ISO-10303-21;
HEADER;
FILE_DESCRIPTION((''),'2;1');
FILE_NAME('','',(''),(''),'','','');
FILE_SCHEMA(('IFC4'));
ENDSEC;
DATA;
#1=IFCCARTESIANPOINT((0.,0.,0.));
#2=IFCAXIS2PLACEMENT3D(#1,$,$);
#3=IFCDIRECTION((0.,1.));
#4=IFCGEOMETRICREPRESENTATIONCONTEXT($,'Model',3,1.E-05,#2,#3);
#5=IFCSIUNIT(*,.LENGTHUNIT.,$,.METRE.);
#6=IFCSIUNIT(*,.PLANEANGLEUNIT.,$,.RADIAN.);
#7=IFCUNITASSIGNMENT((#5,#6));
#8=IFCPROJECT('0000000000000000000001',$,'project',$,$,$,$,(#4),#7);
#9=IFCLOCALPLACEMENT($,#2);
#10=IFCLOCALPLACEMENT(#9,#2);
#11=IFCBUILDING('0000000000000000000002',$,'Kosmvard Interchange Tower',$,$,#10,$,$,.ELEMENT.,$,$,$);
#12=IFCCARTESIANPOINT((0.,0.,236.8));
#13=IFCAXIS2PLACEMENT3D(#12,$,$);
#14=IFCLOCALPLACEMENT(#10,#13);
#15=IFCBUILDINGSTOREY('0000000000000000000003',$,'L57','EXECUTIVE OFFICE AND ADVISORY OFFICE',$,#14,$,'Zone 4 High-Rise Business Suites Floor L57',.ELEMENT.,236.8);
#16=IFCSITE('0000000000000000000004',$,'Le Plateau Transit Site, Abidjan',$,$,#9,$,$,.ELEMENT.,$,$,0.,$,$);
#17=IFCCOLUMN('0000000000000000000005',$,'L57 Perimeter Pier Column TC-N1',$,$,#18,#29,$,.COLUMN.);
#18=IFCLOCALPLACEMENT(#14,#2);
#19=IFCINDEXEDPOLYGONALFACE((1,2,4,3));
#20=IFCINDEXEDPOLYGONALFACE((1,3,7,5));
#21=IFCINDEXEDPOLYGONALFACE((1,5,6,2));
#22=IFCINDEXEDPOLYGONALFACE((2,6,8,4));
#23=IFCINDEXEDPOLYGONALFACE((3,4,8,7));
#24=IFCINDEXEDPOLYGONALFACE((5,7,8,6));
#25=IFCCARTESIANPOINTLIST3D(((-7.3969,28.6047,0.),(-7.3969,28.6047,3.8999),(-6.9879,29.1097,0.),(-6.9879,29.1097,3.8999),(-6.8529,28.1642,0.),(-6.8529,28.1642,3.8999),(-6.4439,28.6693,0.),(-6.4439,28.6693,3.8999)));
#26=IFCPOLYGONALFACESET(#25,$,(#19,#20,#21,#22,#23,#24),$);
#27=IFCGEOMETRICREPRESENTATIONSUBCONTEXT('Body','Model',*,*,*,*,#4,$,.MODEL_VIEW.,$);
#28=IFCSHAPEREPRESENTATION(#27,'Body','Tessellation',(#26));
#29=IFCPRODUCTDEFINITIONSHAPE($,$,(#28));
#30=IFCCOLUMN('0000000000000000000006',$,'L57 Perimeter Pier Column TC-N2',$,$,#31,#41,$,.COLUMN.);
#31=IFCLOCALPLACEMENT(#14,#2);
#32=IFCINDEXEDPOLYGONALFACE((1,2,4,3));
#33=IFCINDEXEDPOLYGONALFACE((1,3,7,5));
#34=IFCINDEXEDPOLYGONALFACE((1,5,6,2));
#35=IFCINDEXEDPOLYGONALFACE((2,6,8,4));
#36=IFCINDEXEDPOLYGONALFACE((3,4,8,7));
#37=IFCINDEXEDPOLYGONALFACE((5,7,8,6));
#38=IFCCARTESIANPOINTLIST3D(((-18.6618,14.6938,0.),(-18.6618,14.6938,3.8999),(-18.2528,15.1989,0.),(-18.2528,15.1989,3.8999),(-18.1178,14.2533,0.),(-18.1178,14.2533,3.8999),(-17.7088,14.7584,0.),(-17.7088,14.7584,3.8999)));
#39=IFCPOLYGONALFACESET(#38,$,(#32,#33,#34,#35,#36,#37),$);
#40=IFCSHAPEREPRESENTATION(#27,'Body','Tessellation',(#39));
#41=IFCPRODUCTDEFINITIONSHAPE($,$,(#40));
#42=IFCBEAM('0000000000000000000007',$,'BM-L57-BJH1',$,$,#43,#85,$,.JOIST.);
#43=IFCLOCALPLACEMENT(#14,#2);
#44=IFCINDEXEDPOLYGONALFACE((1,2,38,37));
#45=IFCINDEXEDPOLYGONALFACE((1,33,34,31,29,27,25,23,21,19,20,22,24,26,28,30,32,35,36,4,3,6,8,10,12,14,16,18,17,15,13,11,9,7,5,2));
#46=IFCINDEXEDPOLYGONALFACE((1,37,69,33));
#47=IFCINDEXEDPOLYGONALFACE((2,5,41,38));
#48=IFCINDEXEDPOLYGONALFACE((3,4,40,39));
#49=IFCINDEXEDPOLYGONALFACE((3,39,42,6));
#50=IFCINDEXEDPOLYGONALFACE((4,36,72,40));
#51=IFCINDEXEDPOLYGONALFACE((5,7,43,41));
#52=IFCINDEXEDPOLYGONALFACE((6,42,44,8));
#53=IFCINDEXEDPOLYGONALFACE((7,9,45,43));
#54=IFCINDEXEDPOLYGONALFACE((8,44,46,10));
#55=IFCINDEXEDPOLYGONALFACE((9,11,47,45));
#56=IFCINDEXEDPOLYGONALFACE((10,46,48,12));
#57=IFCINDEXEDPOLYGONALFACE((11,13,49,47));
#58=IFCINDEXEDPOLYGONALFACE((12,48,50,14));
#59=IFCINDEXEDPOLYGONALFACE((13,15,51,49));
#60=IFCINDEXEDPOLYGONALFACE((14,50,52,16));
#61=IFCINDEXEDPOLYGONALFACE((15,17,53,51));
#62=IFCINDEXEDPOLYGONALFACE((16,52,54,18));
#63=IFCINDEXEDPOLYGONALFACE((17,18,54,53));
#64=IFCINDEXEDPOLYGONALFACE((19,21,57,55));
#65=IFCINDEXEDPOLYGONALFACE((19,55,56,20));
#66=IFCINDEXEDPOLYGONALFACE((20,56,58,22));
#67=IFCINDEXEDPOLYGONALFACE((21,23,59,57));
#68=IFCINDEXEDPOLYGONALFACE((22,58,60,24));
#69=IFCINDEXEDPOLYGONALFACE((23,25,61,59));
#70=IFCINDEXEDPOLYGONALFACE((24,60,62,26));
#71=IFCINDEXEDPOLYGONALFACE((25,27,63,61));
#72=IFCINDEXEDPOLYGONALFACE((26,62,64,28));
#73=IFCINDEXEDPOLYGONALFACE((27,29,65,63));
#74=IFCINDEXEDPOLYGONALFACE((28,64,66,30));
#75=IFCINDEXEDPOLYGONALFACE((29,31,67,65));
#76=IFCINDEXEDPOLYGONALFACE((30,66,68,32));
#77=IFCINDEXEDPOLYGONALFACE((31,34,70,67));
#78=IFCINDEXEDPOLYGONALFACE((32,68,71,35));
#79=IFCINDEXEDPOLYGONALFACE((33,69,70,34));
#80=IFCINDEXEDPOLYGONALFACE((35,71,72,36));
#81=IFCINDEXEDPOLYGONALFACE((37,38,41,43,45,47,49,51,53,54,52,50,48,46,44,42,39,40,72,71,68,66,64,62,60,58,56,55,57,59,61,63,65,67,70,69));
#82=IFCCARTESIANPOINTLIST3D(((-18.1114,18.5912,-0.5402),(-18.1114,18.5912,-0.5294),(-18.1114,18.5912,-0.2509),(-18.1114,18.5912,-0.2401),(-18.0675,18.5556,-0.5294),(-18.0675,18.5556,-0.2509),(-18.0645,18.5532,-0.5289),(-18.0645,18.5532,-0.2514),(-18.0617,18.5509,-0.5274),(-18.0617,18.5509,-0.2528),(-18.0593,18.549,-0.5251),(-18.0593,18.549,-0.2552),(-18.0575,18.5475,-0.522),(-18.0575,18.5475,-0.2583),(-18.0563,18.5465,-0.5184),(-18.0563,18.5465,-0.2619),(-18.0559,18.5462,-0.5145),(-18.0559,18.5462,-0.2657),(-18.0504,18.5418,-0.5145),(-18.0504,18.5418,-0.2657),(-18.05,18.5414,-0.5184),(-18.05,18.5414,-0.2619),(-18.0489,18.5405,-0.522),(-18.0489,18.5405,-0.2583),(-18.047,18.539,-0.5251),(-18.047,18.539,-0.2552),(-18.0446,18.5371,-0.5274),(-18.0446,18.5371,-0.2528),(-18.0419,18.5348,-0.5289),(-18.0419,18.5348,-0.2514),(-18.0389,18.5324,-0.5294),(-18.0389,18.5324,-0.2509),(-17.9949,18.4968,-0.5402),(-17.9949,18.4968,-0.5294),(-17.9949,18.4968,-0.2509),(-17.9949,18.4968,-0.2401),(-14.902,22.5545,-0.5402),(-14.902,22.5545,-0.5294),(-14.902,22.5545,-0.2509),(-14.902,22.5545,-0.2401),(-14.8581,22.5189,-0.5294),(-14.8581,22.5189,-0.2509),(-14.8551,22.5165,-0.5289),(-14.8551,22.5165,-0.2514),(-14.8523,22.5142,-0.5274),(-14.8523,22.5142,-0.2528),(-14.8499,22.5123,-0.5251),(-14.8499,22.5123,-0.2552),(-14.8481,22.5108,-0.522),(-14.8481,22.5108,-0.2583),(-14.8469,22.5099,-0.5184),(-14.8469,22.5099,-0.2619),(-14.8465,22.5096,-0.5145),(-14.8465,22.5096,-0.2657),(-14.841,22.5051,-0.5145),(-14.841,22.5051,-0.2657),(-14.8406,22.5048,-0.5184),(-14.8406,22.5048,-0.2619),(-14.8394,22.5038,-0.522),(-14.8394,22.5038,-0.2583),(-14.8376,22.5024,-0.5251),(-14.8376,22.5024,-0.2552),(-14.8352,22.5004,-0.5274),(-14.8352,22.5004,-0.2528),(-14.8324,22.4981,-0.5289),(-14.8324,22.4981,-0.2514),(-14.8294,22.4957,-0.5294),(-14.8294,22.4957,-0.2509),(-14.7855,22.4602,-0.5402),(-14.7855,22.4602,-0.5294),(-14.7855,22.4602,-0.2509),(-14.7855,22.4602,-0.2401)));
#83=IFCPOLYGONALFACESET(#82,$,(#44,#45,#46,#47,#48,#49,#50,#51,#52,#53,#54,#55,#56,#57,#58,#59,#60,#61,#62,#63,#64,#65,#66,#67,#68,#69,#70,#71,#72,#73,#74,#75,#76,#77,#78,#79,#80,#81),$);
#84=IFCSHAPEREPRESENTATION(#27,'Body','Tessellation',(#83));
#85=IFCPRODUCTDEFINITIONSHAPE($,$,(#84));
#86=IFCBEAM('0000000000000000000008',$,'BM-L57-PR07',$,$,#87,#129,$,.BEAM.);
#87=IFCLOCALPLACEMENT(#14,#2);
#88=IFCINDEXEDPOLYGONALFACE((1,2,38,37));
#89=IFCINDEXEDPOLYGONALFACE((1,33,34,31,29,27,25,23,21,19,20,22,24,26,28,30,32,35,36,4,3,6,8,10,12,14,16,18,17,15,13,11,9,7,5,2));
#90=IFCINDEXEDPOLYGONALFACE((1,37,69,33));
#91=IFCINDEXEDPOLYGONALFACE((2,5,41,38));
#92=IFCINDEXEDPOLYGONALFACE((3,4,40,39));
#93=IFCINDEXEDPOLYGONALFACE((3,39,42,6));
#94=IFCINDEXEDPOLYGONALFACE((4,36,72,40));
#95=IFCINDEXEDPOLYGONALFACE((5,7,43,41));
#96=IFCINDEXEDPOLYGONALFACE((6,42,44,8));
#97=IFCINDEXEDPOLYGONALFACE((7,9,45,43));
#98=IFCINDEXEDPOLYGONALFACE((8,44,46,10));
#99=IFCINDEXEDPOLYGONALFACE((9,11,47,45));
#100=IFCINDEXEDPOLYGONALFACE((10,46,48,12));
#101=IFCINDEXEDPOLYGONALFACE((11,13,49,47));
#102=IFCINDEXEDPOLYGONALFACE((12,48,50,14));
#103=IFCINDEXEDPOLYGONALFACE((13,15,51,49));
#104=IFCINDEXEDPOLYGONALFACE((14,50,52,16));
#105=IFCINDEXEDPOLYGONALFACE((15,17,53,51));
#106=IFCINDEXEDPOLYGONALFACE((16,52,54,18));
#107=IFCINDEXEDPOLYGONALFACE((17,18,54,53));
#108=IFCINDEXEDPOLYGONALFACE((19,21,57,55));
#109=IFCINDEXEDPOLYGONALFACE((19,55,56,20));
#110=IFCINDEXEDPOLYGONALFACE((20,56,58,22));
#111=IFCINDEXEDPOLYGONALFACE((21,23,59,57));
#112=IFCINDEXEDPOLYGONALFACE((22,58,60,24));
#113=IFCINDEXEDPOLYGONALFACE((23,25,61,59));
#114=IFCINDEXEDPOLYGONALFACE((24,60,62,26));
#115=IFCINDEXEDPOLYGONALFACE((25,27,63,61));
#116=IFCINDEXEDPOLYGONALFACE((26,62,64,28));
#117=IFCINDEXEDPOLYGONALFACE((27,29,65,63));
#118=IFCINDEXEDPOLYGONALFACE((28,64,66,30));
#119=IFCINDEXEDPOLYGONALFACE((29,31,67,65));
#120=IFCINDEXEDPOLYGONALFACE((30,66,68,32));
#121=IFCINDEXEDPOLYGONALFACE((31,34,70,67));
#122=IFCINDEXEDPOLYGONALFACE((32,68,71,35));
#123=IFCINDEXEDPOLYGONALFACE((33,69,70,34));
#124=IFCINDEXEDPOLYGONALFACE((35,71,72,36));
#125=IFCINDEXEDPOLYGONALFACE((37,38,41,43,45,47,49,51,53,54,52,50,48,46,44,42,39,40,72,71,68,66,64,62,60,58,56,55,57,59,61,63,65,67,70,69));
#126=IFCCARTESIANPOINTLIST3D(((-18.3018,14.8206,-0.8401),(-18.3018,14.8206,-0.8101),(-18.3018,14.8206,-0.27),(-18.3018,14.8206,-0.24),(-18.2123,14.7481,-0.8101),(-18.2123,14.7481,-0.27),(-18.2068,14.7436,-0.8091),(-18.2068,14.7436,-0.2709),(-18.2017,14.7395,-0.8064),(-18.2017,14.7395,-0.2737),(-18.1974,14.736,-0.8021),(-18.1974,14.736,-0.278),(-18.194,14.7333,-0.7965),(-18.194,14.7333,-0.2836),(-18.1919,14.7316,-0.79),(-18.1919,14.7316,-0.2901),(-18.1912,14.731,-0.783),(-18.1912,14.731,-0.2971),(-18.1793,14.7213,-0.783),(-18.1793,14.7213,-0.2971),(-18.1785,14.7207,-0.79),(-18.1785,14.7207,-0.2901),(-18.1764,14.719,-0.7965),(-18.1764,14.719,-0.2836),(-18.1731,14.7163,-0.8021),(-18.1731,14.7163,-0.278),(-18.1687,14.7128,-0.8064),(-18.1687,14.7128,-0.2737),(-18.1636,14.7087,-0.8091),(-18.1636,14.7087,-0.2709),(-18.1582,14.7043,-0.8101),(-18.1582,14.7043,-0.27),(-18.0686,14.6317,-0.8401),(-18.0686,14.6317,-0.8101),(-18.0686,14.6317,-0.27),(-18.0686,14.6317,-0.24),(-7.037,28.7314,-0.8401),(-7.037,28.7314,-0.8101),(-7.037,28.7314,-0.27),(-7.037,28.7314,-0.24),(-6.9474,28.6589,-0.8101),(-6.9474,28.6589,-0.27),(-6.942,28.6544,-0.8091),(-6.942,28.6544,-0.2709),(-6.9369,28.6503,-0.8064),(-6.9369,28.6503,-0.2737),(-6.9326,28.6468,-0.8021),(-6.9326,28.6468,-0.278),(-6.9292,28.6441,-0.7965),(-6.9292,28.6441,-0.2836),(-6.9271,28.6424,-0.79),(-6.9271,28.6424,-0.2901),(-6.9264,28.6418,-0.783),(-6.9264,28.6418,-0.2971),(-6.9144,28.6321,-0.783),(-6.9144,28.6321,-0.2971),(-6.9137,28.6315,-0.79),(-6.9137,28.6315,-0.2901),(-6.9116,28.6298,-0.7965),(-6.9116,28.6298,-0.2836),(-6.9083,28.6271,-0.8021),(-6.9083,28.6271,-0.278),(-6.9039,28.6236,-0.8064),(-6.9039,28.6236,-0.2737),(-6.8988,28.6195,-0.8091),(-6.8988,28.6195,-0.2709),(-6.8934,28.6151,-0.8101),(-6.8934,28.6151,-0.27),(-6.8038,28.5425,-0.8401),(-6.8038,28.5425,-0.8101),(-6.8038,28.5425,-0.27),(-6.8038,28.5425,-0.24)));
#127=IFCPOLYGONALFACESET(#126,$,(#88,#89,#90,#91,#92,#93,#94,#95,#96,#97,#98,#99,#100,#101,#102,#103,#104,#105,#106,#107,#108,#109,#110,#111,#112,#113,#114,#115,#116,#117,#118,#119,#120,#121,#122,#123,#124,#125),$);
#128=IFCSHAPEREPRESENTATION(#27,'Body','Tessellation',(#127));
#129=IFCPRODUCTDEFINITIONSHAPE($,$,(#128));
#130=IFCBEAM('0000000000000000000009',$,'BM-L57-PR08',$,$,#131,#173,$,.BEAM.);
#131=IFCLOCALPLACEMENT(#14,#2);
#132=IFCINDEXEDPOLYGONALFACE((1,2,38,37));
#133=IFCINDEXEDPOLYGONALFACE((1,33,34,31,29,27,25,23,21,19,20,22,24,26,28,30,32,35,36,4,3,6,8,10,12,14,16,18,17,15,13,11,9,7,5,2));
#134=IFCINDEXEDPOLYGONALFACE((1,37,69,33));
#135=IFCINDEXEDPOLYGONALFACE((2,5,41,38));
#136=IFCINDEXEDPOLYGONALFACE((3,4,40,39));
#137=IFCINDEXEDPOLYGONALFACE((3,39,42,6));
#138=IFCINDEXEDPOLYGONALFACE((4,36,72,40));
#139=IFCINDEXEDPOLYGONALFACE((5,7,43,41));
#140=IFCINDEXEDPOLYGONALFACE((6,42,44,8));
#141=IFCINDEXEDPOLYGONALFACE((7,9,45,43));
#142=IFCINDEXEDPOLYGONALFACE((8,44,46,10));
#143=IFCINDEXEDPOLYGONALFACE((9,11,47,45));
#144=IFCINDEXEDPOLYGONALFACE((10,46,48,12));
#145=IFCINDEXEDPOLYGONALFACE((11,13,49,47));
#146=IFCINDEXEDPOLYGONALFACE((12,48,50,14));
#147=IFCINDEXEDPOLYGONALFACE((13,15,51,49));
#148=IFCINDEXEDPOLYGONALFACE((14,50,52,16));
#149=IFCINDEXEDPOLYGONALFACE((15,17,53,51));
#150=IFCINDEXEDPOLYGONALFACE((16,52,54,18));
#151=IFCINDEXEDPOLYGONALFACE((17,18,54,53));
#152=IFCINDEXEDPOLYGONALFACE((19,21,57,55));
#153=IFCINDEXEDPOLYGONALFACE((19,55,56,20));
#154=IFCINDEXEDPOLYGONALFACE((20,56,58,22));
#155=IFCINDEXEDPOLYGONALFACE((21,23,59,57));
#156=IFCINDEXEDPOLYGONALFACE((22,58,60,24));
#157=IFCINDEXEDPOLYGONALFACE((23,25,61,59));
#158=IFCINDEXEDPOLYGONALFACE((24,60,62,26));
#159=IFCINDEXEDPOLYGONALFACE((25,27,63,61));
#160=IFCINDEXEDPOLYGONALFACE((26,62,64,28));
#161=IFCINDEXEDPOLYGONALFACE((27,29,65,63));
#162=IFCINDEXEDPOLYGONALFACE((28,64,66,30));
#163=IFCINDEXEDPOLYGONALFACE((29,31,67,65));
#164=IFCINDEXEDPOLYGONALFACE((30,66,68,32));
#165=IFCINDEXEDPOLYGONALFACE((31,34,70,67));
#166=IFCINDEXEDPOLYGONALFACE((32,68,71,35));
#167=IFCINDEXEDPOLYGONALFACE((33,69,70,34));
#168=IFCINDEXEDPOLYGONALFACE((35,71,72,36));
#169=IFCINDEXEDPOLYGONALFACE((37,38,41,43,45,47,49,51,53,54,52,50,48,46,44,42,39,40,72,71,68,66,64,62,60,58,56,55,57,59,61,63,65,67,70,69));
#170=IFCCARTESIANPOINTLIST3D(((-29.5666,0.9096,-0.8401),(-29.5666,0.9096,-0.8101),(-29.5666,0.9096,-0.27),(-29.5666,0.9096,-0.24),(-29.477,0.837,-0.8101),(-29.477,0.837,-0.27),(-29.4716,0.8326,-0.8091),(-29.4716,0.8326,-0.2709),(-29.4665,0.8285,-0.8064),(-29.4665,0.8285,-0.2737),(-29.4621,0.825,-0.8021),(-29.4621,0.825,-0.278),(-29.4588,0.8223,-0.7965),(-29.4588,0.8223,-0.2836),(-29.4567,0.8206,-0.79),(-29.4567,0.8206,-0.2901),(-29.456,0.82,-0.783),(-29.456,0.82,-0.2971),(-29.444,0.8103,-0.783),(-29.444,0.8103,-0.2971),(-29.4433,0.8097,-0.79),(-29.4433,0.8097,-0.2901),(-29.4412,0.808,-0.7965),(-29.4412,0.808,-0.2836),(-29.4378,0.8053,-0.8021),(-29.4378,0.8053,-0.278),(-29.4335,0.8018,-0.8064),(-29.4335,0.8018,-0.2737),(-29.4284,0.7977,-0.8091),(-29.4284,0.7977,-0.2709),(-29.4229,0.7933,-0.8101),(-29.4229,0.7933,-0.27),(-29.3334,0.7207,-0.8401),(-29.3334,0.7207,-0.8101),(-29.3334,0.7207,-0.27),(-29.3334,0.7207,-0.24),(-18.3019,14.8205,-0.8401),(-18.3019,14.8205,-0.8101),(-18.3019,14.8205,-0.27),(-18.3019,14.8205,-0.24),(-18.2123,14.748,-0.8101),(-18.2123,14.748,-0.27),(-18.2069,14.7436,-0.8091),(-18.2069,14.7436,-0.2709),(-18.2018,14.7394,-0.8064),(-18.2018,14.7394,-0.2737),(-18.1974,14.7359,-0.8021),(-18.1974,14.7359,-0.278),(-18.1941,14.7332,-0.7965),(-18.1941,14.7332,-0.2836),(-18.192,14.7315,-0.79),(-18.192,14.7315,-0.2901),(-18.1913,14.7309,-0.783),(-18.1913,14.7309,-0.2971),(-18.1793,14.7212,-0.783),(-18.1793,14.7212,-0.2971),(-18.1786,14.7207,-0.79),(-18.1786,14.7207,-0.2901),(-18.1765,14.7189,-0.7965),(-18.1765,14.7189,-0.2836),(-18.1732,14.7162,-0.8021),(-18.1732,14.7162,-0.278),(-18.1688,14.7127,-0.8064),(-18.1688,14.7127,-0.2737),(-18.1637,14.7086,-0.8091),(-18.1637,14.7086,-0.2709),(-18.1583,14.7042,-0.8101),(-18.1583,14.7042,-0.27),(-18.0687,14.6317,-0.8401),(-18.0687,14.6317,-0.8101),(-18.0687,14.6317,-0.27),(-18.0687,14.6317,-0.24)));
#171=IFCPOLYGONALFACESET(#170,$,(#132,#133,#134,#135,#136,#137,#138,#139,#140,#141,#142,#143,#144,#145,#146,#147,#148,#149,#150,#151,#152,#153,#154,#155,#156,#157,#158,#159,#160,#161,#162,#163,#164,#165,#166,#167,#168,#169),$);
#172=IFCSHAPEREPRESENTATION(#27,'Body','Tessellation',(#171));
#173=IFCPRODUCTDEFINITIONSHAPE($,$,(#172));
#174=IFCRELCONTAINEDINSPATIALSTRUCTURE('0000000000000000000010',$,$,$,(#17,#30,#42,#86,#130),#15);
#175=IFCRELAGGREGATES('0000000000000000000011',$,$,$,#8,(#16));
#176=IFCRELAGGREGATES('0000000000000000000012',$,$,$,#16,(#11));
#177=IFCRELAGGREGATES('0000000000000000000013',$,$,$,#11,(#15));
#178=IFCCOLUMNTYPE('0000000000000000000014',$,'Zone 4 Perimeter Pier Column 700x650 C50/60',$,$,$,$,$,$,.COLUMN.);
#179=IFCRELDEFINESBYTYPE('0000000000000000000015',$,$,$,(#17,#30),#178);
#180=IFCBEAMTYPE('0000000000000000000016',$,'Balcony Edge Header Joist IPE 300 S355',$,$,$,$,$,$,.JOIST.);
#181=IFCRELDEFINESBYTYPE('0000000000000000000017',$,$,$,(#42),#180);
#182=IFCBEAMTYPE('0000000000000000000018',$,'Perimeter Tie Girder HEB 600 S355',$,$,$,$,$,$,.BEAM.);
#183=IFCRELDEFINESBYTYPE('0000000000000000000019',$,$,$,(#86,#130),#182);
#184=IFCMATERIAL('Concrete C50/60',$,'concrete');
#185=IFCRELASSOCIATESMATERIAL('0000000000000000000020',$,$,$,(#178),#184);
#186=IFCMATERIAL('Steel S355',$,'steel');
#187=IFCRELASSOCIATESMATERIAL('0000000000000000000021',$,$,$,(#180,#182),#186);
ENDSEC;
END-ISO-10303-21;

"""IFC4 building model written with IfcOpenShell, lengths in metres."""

from ifc_helpers import new_model, si_unit, direction, frame, origin, origin_2d, place, context, subcontext, project, spatial, rectangle, i_section, extrude, source, transform, mapped, material, material_profile, profile_set, type_object, element, save


model = new_model("IFC4")

# Units and contexts
model_context = context("Model", 3, precision=1e-05, world=origin(), true_north=direction((0.0, 1.0)))
body_context = subcontext(model_context, "Body", "Model", "MODEL_VIEW")
ifc_project = project(units=[si_unit("LENGTHUNIT", "METRE"), si_unit("PLANEANGLEUNIT", "RADIAN")], contexts=[model_context])

# Site, building, storey
site_placement = place(None, origin())
site = spatial("IfcSite", under=ifc_project, at=site_placement, Name="Le Plateau Transit Site, Abidjan", CompositionType="ELEMENT", RefElevation=0.0)
building_placement = place(site_placement, origin())
building = spatial("IfcBuilding", under=site, at=building_placement, Name="Kosmvard Interchange Tower", CompositionType="ELEMENT")
storey_placement = place(building_placement, frame((0.0, 0.0, 236.8)))
storey = spatial("IfcBuildingStorey", under=building, at=storey_placement, Name="L57", Description="EXECUTIVE OFFICE AND ADVISORY OFFICE", LongName="Zone 4 High-Rise Business Suites Floor L57", CompositionType="ELEMENT", Elevation=236.8)

# Columns
ifc_material_1 = material(Name="Concrete C50/60", Category="concrete")
ifc_material_profile_1 = material_profile(ifc_material_1, rectangle(XDim=0.6499, YDim=0.7, at=origin_2d()), Name="TC 700x650")
ifc_profile_set_1 = profile_set([ifc_material_profile_1], Name="Concrete C50/60")
column_type = type_object("IfcColumnType", Name="Zone 4 Perimeter Pier Column 700x650 C50/60", PredefinedType="COLUMN", material=ifc_profile_set_1)
shared_shape_1 = source(origin(), body_context, "Body", "SweptSolid", [
    extrude(rectangle(XDim=0.6499, YDim=0.7, at=origin_2d()), origin(), (0.0, 0.0, 1.0), 3.8999),
])
for number, where, z_axis, x_axis, name in (
    (1, (-6.9204, 28.637, 0.0), (0.0, 0.0, 1.0), (0.62932, 0.777146, 0.0), "L57 Perimeter Pier Column TC-N1"),
    (2, (-18.1853, 14.7261, 0.0), (0.0, 0.0, 1.0), (0.62932, 0.777146, 0.0), "L57 Perimeter Pier Column TC-N2"),
):
    element("IfcColumn", number, at=place(storey_placement, frame(where, z_axis=z_axis, x_axis=x_axis)), inside=storey, type_object=column_type, Name=name, PredefinedType="COLUMN", context=body_context, shape_type="MappedRepresentation", body=[
        mapped(shared_shape_1, transform((0.0, 0.0, 0.0), scale=1.0)),
    ])

# Beams
ifc_material_2 = material(Name="Steel S355", Category="steel")
ifc_material_profile_2 = material_profile(ifc_material_2, i_section(OverallWidth=0.1499, OverallDepth=0.3, WebThickness=0.0071, FlangeThickness=0.0107, FilletRadius=0.0149, at=origin_2d()), Name="IPE 300")
ifc_profile_set_2 = profile_set([ifc_material_profile_2], Name="Steel S355")
beam_type_1 = type_object("IfcBeamType", Name="Balcony Edge Header Joist IPE 300 S355", PredefinedType="JOIST", material=ifc_profile_set_2)
shared_shape_2 = source(origin(), body_context, "Body", "SweptSolid", [
    extrude(i_section(OverallWidth=0.1499, OverallDepth=0.3, WebThickness=0.0071, FlangeThickness=0.0107, FilletRadius=0.0149, at=origin_2d()), origin(), (0.0, 0.0, 1.0), 5.0999),
])
beam_1_placement = place(storey_placement, frame((-14.8438, 22.5073, -0.3901), z_axis=(-0.629319, -0.777147, 0.0), x_axis=(0.777147, -0.629319, 0.0)))
element("IfcBeam", 3, at=beam_1_placement, inside=storey, type_object=beam_type_1, Name="BM-L57-BJH1", PredefinedType="JOIST", context=body_context, shape_type="MappedRepresentation", body=[
    mapped(shared_shape_2, transform((0.0, 0.0, 0.0), scale=1.0)),
])
ifc_material_profile_3 = material_profile(ifc_material_2, i_section(OverallWidth=0.3, OverallDepth=0.6001, WebThickness=0.0154, FlangeThickness=0.03, FilletRadius=0.0271, at=origin_2d()), Name="HEB 600")
ifc_profile_set_3 = profile_set([ifc_material_profile_3], Name="Steel S355")
beam_type_2 = type_object("IfcBeamType", Name="Perimeter Tie Girder HEB 600 S355", PredefinedType="BEAM", material=ifc_profile_set_3)
shared_shape_3 = source(origin(), body_context, "Body", "SweptSolid", [
    extrude(i_section(OverallWidth=0.3, OverallDepth=0.6001, WebThickness=0.0154, FlangeThickness=0.03, FilletRadius=0.0271, at=origin_2d()), origin(), (0.0, 0.0, 1.0), 17.8999),
])
for number, where, z_axis, x_axis, name in (
    (4, (-6.9204, 28.637, -0.54), (-0.629323, -0.777144, 0.0), (0.777144, -0.629323, 0.0), "BM-L57-PR07"),
    (5, (-18.1853, 14.7261, -0.54), (-0.629315, -0.777151, 0.0), (0.777151, -0.629315, 0.0), "BM-L57-PR08"),
):
    element("IfcBeam", number, at=place(storey_placement, frame(where, z_axis=z_axis, x_axis=x_axis)), inside=storey, type_object=beam_type_2, Name=name, PredefinedType="BEAM", context=body_context, shape_type="MappedRepresentation", body=[
        mapped(shared_shape_3, transform((0.0, 0.0, 0.0), scale=1.0)),
    ])

save(model, "model.ifc")
